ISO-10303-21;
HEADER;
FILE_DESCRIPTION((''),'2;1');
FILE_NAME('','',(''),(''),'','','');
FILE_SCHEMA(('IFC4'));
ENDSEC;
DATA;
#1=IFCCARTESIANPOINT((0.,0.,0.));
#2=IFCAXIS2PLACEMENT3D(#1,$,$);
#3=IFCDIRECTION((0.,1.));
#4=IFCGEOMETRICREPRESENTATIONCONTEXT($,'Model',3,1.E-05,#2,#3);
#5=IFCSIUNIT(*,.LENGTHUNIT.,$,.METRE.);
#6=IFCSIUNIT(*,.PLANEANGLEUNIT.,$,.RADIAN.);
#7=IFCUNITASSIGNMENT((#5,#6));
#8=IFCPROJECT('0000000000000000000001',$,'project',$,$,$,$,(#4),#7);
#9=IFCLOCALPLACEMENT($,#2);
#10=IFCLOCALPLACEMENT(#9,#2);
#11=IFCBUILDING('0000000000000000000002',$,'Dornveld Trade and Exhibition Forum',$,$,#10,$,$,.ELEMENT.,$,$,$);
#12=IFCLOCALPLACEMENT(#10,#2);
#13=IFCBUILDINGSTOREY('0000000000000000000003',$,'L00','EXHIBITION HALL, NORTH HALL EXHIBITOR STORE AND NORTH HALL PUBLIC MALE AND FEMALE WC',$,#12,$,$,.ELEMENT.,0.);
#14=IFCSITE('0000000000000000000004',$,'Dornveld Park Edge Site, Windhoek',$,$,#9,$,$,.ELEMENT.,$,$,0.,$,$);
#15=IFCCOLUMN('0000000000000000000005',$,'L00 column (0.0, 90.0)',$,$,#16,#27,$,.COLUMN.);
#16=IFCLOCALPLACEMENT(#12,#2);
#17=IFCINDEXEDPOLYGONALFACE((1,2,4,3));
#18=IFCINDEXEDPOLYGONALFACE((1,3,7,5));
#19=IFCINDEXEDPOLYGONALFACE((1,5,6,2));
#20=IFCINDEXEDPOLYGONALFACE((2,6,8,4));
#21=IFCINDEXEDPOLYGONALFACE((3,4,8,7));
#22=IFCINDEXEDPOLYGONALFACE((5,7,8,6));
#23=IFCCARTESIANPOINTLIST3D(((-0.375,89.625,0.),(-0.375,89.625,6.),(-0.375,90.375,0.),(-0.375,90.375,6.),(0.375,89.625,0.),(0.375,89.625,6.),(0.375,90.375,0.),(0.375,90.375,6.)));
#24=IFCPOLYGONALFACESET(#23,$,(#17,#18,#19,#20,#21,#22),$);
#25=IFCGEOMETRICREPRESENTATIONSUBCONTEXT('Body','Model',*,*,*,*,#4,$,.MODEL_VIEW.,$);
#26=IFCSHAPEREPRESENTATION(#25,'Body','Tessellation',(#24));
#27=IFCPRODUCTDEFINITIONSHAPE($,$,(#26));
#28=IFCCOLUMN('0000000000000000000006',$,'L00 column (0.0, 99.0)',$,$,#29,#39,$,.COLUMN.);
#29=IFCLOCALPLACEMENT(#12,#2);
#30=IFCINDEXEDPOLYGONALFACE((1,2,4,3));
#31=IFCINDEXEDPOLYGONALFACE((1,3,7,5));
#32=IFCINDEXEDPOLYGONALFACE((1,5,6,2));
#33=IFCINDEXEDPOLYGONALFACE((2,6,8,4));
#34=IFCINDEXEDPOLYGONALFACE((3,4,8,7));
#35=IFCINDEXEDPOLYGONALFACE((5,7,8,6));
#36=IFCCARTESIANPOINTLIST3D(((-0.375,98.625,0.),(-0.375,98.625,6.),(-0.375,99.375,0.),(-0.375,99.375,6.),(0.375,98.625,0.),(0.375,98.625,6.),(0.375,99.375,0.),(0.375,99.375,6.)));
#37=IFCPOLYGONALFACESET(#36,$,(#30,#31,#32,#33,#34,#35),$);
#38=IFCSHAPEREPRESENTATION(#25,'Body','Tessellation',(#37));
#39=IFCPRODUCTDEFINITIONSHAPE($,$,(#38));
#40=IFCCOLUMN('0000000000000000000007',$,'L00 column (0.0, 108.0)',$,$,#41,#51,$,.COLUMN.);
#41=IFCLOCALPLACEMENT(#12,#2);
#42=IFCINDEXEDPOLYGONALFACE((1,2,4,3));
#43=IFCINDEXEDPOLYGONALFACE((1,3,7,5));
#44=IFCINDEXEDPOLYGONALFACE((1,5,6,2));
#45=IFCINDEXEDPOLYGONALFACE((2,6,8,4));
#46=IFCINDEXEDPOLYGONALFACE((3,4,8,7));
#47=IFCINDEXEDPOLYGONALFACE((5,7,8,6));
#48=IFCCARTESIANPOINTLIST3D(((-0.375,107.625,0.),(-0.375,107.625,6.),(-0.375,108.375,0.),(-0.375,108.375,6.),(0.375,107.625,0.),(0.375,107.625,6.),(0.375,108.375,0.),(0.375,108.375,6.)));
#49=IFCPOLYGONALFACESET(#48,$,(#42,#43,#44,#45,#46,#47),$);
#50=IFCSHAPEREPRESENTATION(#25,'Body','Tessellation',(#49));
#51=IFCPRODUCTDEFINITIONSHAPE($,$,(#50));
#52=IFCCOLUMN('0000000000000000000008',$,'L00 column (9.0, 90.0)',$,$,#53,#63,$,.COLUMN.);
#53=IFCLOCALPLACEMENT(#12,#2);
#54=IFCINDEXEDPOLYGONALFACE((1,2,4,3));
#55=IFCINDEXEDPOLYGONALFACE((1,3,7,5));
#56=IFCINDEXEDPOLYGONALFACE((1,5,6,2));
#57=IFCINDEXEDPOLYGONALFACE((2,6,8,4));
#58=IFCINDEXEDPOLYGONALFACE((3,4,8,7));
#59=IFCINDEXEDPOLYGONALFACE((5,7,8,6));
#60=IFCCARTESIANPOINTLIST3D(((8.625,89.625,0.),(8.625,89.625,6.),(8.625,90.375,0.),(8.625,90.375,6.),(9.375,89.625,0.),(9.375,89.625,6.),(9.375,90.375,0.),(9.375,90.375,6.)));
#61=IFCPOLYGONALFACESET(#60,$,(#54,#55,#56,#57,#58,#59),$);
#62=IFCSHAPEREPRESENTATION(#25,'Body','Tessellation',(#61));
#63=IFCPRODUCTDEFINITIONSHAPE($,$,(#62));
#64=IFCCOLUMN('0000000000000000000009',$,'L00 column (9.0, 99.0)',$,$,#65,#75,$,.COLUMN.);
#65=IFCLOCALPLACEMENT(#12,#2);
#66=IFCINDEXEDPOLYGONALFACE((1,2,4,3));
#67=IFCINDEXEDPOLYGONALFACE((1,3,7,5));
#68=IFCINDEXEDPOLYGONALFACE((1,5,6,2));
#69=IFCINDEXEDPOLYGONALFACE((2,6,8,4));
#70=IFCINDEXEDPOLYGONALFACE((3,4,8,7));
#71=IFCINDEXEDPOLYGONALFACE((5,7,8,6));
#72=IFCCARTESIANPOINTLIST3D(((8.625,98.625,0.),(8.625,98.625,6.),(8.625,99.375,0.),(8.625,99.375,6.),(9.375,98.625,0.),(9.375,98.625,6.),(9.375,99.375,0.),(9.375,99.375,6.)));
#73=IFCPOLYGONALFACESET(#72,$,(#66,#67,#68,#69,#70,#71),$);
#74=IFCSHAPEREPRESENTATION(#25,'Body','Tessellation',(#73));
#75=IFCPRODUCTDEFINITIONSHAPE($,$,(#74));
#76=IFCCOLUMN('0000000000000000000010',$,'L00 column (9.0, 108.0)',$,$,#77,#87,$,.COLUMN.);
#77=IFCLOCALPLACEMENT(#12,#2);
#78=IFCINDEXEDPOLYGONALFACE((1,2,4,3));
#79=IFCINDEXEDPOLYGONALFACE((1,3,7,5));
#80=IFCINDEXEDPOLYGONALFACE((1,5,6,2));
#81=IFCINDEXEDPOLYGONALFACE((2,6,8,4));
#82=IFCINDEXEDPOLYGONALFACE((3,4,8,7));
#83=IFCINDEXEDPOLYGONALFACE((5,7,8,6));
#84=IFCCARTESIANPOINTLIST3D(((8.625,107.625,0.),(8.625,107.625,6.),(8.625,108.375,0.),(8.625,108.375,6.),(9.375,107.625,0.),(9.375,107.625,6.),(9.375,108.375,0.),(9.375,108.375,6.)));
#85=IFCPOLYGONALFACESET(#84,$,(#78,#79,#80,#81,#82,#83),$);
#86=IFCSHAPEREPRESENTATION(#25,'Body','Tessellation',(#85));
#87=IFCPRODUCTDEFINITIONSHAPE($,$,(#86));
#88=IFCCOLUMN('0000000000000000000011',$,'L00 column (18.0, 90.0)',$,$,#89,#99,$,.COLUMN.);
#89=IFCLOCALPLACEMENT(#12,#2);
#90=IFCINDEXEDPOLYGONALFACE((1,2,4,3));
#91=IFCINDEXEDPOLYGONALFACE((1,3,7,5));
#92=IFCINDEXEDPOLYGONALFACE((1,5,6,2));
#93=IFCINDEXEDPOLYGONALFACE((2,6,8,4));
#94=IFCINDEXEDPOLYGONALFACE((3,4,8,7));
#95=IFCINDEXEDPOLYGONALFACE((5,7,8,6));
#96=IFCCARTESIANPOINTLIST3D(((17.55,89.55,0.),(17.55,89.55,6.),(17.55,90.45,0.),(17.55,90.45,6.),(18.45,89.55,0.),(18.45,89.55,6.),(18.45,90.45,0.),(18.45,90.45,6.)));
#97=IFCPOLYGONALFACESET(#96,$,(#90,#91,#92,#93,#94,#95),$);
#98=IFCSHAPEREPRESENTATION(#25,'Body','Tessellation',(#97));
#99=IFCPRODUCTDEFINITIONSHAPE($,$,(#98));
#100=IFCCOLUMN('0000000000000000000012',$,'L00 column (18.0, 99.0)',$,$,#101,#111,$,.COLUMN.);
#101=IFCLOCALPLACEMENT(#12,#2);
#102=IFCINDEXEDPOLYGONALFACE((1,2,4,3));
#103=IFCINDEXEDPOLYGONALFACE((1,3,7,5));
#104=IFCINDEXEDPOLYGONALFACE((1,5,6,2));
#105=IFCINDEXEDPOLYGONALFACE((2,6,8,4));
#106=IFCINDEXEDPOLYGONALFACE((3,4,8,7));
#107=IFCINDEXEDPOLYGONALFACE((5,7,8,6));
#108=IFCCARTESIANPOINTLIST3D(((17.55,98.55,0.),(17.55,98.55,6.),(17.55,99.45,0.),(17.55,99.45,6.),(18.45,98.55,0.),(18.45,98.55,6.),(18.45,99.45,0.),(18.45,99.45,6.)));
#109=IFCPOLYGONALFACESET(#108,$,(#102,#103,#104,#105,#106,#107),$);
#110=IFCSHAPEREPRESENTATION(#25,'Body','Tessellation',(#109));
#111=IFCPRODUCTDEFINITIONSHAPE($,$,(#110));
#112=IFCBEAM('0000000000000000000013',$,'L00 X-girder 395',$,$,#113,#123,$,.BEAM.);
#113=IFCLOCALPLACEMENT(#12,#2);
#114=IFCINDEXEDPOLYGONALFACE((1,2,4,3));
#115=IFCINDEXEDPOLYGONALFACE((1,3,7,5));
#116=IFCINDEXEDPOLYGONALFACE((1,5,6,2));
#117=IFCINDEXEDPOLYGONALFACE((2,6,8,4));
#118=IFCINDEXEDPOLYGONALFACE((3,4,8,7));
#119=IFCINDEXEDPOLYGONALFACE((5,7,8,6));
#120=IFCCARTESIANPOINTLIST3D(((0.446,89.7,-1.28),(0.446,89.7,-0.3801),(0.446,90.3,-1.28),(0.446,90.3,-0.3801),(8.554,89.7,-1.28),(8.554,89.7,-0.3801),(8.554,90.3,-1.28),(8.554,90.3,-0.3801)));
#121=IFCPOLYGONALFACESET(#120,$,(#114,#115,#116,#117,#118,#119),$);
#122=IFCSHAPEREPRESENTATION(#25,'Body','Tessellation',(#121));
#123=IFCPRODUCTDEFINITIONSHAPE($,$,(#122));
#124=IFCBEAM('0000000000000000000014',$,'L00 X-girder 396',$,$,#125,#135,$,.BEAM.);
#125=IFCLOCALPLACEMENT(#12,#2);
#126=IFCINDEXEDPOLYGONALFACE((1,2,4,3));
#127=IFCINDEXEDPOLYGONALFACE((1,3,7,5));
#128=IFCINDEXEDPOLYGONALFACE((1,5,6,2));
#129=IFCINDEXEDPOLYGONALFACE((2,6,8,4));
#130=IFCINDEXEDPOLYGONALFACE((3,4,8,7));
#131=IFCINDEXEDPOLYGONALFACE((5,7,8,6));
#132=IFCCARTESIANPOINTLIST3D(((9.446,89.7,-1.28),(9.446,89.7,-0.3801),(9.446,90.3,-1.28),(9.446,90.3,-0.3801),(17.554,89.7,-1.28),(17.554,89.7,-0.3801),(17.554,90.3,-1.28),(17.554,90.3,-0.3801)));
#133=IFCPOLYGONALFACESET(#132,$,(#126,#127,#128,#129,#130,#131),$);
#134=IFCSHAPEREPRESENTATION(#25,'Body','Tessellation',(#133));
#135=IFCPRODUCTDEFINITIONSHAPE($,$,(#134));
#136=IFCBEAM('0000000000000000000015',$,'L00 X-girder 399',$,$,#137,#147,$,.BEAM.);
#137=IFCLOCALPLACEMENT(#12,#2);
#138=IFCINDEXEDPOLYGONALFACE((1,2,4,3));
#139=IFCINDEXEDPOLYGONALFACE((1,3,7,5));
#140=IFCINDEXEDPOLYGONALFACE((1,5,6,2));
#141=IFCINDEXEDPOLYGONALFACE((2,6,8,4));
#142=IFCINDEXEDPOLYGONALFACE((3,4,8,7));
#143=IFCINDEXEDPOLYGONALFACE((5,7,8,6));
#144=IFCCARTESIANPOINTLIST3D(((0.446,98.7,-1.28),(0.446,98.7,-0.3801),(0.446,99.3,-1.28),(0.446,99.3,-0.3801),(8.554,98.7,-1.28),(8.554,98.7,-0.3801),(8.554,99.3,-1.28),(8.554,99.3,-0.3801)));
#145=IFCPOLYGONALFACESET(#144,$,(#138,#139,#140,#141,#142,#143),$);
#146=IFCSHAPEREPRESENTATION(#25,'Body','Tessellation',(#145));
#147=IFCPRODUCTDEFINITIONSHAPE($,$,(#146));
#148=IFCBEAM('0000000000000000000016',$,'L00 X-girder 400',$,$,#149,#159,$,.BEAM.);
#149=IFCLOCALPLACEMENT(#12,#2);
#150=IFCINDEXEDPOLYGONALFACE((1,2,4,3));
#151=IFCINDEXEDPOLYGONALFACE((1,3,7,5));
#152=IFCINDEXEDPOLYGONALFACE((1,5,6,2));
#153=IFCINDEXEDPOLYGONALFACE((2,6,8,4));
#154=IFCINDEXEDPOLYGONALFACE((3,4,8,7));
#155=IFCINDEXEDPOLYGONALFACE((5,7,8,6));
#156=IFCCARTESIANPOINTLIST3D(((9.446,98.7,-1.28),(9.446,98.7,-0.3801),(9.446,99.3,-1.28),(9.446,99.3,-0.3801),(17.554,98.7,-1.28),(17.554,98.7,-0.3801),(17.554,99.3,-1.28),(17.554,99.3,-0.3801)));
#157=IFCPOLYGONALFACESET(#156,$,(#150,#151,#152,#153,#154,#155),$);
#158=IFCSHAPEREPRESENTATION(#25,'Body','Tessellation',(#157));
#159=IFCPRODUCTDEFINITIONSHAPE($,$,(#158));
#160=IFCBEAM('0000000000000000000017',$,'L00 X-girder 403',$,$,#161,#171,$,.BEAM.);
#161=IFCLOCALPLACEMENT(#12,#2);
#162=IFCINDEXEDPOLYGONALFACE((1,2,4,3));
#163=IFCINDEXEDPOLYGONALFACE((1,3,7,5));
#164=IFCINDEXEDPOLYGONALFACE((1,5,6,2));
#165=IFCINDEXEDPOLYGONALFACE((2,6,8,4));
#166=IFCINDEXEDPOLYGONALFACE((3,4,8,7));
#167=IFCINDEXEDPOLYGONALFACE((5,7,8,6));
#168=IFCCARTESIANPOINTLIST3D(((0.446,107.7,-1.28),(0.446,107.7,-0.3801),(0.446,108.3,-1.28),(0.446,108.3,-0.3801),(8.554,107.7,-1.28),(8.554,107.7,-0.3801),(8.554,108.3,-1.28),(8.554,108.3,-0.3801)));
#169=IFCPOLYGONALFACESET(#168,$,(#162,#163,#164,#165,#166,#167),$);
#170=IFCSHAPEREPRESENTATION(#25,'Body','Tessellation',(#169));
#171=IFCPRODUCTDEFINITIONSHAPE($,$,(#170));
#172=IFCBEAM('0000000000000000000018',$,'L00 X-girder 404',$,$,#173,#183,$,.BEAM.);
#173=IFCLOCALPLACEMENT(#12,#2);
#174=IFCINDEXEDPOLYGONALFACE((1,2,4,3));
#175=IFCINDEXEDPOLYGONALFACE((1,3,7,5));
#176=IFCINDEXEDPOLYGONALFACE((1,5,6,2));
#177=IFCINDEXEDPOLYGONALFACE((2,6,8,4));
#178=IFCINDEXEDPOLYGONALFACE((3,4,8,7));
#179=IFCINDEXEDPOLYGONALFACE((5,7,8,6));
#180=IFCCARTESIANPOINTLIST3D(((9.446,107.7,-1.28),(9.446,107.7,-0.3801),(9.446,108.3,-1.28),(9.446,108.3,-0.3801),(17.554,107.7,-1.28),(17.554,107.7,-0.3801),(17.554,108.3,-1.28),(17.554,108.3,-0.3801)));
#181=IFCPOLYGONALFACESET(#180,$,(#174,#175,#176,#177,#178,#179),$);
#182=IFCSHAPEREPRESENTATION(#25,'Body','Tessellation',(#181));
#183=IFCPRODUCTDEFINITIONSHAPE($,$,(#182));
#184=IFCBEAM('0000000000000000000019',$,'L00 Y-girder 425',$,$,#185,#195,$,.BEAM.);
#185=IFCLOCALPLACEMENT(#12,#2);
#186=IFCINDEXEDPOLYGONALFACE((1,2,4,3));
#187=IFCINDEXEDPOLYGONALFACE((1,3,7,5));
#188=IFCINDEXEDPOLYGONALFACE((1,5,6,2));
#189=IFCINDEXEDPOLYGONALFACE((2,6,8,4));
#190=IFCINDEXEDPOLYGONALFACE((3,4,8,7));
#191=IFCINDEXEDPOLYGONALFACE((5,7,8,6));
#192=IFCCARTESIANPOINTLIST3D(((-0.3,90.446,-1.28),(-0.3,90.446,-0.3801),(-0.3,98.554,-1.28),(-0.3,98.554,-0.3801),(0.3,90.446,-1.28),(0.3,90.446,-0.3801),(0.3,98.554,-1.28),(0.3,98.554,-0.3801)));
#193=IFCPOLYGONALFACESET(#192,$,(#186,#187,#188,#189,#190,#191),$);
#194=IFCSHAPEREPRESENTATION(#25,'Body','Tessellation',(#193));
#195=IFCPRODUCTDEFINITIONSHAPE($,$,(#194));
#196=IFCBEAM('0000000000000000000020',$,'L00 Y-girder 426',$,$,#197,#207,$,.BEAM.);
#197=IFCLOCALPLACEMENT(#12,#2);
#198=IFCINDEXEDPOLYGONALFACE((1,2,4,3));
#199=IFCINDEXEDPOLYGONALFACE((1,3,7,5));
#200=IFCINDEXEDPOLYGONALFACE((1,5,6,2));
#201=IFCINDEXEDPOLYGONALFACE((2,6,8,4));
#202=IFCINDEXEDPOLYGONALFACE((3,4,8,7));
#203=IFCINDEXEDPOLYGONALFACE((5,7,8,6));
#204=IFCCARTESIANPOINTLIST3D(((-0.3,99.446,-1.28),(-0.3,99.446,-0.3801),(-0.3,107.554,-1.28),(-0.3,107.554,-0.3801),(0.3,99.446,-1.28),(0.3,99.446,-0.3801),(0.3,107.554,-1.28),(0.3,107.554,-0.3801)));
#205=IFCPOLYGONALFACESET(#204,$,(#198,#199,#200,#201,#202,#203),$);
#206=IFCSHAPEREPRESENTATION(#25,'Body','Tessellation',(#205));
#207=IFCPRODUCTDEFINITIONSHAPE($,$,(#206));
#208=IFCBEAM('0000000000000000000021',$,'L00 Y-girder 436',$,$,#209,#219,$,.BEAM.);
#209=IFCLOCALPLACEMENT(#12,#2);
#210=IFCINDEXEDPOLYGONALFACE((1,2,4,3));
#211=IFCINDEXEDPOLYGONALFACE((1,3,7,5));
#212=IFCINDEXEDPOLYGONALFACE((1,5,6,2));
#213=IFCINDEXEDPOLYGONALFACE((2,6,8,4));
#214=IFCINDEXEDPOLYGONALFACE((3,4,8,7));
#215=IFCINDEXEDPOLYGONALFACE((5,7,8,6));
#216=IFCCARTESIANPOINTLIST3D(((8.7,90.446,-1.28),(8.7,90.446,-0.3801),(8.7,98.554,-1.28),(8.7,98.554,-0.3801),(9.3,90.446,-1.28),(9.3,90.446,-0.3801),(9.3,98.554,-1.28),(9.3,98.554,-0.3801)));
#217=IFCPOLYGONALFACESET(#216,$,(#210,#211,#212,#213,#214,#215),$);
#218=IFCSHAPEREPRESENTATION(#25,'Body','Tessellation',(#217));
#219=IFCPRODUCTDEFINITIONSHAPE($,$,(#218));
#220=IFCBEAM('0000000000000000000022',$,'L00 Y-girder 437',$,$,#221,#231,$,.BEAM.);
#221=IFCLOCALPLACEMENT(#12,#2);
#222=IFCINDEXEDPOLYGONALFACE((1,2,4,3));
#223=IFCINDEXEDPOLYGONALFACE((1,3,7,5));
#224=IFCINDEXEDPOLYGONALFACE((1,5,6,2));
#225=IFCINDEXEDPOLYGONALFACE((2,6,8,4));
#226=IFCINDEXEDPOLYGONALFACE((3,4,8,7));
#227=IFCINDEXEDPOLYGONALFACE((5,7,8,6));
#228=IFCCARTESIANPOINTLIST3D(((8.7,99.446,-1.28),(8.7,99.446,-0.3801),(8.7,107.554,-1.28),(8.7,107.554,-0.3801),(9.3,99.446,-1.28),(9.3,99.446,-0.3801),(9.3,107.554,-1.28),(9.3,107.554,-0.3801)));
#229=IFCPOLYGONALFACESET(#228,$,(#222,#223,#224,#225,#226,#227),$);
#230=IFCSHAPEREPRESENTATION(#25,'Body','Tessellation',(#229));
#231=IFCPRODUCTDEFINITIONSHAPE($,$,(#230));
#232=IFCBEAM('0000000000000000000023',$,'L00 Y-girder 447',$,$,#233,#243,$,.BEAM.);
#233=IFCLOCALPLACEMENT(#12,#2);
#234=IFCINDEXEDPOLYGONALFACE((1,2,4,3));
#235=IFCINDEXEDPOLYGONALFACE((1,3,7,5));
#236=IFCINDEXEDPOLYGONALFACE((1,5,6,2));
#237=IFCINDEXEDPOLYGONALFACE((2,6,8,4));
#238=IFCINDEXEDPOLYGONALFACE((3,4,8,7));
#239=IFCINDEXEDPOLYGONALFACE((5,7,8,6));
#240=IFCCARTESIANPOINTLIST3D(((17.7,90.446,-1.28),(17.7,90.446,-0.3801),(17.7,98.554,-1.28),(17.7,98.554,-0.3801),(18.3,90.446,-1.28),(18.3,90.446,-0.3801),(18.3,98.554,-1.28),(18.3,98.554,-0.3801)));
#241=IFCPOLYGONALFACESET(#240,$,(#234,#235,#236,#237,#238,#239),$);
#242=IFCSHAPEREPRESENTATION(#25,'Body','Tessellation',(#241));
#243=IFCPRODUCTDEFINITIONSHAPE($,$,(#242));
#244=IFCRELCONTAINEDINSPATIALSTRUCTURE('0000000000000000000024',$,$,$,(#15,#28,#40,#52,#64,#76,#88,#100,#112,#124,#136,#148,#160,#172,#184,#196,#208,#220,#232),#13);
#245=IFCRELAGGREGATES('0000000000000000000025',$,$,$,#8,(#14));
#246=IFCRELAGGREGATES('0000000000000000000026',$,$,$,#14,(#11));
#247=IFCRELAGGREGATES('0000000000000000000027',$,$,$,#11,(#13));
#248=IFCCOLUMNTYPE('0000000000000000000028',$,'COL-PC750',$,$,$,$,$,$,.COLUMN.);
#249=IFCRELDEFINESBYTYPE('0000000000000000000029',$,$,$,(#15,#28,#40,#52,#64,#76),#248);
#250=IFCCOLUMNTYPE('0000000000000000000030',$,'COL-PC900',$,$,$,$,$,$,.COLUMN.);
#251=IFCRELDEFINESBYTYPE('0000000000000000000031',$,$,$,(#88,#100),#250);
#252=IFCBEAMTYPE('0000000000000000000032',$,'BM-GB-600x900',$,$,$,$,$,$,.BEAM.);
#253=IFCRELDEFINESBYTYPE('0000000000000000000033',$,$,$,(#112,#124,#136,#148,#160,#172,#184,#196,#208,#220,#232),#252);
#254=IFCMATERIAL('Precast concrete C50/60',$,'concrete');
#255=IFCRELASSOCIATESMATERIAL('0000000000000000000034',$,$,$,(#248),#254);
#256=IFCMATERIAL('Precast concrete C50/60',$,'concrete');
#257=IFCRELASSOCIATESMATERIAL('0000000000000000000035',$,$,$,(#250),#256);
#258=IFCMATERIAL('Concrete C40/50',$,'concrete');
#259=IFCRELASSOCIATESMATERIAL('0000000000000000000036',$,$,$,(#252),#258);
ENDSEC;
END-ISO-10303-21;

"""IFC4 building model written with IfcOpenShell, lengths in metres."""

from ifc_helpers import new_model, si_unit, direction, frame, origin, origin_2d, place, context, subcontext, project, spatial, rectangle, extrude, material, material_profile, profile_set, type_object, element, save


model = new_model("IFC4")

# Units and contexts
model_context = context("Model", 3, precision=1e-05, world=origin(), true_north=direction((0.0, 1.0)))
body_context = subcontext(model_context, "Body", "Model", "MODEL_VIEW")
ifc_project = project(units=[si_unit("LENGTHUNIT", "METRE"), si_unit("PLANEANGLEUNIT", "RADIAN")], contexts=[model_context])

# Site, building, storey
site_placement = place(None, origin())
site = spatial("IfcSite", under=ifc_project, at=site_placement, Name="Dornveld Park Edge Site, Windhoek", CompositionType="ELEMENT", RefElevation=0.0)
building_placement = place(site_placement, origin())
building = spatial("IfcBuilding", under=site, at=building_placement, Name="Dornveld Trade and Exhibition Forum", CompositionType="ELEMENT")
storey_placement = place(building_placement, origin())
storey = spatial("IfcBuildingStorey", under=building, at=storey_placement, Name="L00", Description="EXHIBITION HALL, NORTH HALL EXHIBITOR STORE AND NORTH HALL PUBLIC MALE AND FEMALE WC", CompositionType="ELEMENT", Elevation=0.0)

# Columns
ifc_material_1 = material(Name="Precast concrete C50/60", Category="concrete")
ifc_material_profile_1 = material_profile(ifc_material_1, rectangle(XDim=0.75, YDim=0.75, at=origin_2d()), Name="PC-COL 750x750")
ifc_profile_set_1 = profile_set([ifc_material_profile_1], Name="Precast concrete C50/60")
column_type_1 = type_object("IfcColumnType", Name="COL-PC750", PredefinedType="COLUMN", material=ifc_profile_set_1)
for number, where, z_axis, x_axis, name in (
    (1, (0.0, 90.0, 0.0), (0.0, 0.0, 1.0), (1.0, 0.0, 0.0), "L00 column (0.0, 90.0)"),
    (2, (0.0, 99.0, 0.0), (0.0, 0.0, 1.0), (1.0, 0.0, 0.0), "L00 column (0.0, 99.0)"),
    (3, (0.0, 108.0, 0.0), (0.0, 0.0, 1.0), (1.0, 0.0, 0.0), "L00 column (0.0, 108.0)"),
    (4, (9.0, 90.0, 0.0), (0.0, 0.0, 1.0), (1.0, 0.0, 0.0), "L00 column (9.0, 90.0)"),
    (5, (9.0, 99.0, 0.0), (0.0, 0.0, 1.0), (1.0, 0.0, 0.0), "L00 column (9.0, 99.0)"),
    (6, (9.0, 108.0, 0.0), (0.0, 0.0, 1.0), (1.0, 0.0, 0.0), "L00 column (9.0, 108.0)"),
):
    element("IfcColumn", number, at=place(storey_placement, frame(where, z_axis=z_axis, x_axis=x_axis)), inside=storey, type_object=column_type_1, Name=name, PredefinedType="COLUMN", context=body_context, shape_type="SweptSolid", body=[
        extrude(rectangle(XDim=0.75, YDim=0.75, at=origin_2d()), origin(), (0.0, 0.0, 1.0), 6.0),
    ])
ifc_material_2 = material(Name="Precast concrete C50/60", Category="concrete")
ifc_material_profile_2 = material_profile(ifc_material_2, rectangle(XDim=0.8999, YDim=0.8999, at=origin_2d()), Name="PC-COL 900x900")
ifc_profile_set_2 = profile_set([ifc_material_profile_2], Name="Precast concrete C50/60")
column_type_2 = type_object("IfcColumnType", Name="COL-PC900", PredefinedType="COLUMN", material=ifc_profile_set_2)
for number, where, z_axis, x_axis, name in (
    (7, (18.0, 90.0, 0.0), (0.0, 0.0, 1.0), (1.0, 0.0, 0.0), "L00 column (18.0, 90.0)"),
    (8, (18.0, 99.0, 0.0), (0.0, 0.0, 1.0), (1.0, 0.0, 0.0), "L00 column (18.0, 99.0)"),
):
    element("IfcColumn", number, at=place(storey_placement, frame(where, z_axis=z_axis, x_axis=x_axis)), inside=storey, type_object=column_type_2, Name=name, PredefinedType="COLUMN", context=body_context, shape_type="SweptSolid", body=[
        extrude(rectangle(XDim=0.8999, YDim=0.8999, at=origin_2d()), origin(), (0.0, 0.0, 1.0), 6.0),
    ])

# Beams
ifc_material_3 = material(Name="Concrete C40/50", Category="concrete")
ifc_material_profile_3 = material_profile(ifc_material_3, rectangle(XDim=0.6001, YDim=0.8999, at=origin_2d()), Name="RC-GB 600x900")
ifc_profile_set_3 = profile_set([ifc_material_profile_3], Name="Concrete C40/50")
beam_type_1 = type_object("IfcBeamType", Name="BM-GB-600x900", PredefinedType="BEAM", material=ifc_profile_set_3)
for number, where, z_axis, x_axis, name in (
    (9, (0.446, 90.0, -0.8301), (1.0, 0.0, 0.0), (0.0, 1.0, 0.0), "L00 X-girder 395"),
    (10, (9.446, 90.0, -0.8301), (1.0, 0.0, 0.0), (0.0, 1.0, 0.0), "L00 X-girder 396"),
    (11, (0.446, 99.0, -0.8301), (1.0, 0.0, 0.0), (0.0, 1.0, 0.0), "L00 X-girder 399"),
    (12, (9.446, 99.0, -0.8301), (1.0, 0.0, 0.0), (0.0, 1.0, 0.0), "L00 X-girder 400"),
    (13, (0.446, 108.0, -0.8301), (1.0, 0.0, 0.0), (0.0, 1.0, 0.0), "L00 X-girder 403"),
    (14, (9.446, 108.0, -0.8301), (1.0, 0.0, 0.0), (0.0, 1.0, 0.0), "L00 X-girder 404"),
    (15, (0.0, 90.446, -0.8301), (0.0, 1.0, 0.0), (-1.0, 0.0, 0.0), "L00 Y-girder 425"),
    (16, (0.0, 99.446, -0.8301), (0.0, 1.0, 0.0), (-1.0, 0.0, 0.0), "L00 Y-girder 426"),
    (17, (9.0, 90.446, -0.8301), (0.0, 1.0, 0.0), (-1.0, 0.0, 0.0), "L00 Y-girder 436"),
    (18, (9.0, 99.446, -0.8301), (0.0, 1.0, 0.0), (-1.0, 0.0, 0.0), "L00 Y-girder 437"),
    (19, (18.0, 90.446, -0.8301), (0.0, 1.0, 0.0), (-1.0, 0.0, 0.0), "L00 Y-girder 447"),
):
    element("IfcBeam", number, at=place(storey_placement, frame(where, z_axis=z_axis, x_axis=x_axis)), inside=storey, type_object=beam_type_1, Name=name, PredefinedType="BEAM", context=body_context, shape_type="SweptSolid", body=[
        extrude(rectangle(XDim=0.6001, YDim=0.8999, at=origin_2d()), origin(), (0.0, 0.0, 1.0), 8.1079),
    ])

save(model, "model.ifc")
